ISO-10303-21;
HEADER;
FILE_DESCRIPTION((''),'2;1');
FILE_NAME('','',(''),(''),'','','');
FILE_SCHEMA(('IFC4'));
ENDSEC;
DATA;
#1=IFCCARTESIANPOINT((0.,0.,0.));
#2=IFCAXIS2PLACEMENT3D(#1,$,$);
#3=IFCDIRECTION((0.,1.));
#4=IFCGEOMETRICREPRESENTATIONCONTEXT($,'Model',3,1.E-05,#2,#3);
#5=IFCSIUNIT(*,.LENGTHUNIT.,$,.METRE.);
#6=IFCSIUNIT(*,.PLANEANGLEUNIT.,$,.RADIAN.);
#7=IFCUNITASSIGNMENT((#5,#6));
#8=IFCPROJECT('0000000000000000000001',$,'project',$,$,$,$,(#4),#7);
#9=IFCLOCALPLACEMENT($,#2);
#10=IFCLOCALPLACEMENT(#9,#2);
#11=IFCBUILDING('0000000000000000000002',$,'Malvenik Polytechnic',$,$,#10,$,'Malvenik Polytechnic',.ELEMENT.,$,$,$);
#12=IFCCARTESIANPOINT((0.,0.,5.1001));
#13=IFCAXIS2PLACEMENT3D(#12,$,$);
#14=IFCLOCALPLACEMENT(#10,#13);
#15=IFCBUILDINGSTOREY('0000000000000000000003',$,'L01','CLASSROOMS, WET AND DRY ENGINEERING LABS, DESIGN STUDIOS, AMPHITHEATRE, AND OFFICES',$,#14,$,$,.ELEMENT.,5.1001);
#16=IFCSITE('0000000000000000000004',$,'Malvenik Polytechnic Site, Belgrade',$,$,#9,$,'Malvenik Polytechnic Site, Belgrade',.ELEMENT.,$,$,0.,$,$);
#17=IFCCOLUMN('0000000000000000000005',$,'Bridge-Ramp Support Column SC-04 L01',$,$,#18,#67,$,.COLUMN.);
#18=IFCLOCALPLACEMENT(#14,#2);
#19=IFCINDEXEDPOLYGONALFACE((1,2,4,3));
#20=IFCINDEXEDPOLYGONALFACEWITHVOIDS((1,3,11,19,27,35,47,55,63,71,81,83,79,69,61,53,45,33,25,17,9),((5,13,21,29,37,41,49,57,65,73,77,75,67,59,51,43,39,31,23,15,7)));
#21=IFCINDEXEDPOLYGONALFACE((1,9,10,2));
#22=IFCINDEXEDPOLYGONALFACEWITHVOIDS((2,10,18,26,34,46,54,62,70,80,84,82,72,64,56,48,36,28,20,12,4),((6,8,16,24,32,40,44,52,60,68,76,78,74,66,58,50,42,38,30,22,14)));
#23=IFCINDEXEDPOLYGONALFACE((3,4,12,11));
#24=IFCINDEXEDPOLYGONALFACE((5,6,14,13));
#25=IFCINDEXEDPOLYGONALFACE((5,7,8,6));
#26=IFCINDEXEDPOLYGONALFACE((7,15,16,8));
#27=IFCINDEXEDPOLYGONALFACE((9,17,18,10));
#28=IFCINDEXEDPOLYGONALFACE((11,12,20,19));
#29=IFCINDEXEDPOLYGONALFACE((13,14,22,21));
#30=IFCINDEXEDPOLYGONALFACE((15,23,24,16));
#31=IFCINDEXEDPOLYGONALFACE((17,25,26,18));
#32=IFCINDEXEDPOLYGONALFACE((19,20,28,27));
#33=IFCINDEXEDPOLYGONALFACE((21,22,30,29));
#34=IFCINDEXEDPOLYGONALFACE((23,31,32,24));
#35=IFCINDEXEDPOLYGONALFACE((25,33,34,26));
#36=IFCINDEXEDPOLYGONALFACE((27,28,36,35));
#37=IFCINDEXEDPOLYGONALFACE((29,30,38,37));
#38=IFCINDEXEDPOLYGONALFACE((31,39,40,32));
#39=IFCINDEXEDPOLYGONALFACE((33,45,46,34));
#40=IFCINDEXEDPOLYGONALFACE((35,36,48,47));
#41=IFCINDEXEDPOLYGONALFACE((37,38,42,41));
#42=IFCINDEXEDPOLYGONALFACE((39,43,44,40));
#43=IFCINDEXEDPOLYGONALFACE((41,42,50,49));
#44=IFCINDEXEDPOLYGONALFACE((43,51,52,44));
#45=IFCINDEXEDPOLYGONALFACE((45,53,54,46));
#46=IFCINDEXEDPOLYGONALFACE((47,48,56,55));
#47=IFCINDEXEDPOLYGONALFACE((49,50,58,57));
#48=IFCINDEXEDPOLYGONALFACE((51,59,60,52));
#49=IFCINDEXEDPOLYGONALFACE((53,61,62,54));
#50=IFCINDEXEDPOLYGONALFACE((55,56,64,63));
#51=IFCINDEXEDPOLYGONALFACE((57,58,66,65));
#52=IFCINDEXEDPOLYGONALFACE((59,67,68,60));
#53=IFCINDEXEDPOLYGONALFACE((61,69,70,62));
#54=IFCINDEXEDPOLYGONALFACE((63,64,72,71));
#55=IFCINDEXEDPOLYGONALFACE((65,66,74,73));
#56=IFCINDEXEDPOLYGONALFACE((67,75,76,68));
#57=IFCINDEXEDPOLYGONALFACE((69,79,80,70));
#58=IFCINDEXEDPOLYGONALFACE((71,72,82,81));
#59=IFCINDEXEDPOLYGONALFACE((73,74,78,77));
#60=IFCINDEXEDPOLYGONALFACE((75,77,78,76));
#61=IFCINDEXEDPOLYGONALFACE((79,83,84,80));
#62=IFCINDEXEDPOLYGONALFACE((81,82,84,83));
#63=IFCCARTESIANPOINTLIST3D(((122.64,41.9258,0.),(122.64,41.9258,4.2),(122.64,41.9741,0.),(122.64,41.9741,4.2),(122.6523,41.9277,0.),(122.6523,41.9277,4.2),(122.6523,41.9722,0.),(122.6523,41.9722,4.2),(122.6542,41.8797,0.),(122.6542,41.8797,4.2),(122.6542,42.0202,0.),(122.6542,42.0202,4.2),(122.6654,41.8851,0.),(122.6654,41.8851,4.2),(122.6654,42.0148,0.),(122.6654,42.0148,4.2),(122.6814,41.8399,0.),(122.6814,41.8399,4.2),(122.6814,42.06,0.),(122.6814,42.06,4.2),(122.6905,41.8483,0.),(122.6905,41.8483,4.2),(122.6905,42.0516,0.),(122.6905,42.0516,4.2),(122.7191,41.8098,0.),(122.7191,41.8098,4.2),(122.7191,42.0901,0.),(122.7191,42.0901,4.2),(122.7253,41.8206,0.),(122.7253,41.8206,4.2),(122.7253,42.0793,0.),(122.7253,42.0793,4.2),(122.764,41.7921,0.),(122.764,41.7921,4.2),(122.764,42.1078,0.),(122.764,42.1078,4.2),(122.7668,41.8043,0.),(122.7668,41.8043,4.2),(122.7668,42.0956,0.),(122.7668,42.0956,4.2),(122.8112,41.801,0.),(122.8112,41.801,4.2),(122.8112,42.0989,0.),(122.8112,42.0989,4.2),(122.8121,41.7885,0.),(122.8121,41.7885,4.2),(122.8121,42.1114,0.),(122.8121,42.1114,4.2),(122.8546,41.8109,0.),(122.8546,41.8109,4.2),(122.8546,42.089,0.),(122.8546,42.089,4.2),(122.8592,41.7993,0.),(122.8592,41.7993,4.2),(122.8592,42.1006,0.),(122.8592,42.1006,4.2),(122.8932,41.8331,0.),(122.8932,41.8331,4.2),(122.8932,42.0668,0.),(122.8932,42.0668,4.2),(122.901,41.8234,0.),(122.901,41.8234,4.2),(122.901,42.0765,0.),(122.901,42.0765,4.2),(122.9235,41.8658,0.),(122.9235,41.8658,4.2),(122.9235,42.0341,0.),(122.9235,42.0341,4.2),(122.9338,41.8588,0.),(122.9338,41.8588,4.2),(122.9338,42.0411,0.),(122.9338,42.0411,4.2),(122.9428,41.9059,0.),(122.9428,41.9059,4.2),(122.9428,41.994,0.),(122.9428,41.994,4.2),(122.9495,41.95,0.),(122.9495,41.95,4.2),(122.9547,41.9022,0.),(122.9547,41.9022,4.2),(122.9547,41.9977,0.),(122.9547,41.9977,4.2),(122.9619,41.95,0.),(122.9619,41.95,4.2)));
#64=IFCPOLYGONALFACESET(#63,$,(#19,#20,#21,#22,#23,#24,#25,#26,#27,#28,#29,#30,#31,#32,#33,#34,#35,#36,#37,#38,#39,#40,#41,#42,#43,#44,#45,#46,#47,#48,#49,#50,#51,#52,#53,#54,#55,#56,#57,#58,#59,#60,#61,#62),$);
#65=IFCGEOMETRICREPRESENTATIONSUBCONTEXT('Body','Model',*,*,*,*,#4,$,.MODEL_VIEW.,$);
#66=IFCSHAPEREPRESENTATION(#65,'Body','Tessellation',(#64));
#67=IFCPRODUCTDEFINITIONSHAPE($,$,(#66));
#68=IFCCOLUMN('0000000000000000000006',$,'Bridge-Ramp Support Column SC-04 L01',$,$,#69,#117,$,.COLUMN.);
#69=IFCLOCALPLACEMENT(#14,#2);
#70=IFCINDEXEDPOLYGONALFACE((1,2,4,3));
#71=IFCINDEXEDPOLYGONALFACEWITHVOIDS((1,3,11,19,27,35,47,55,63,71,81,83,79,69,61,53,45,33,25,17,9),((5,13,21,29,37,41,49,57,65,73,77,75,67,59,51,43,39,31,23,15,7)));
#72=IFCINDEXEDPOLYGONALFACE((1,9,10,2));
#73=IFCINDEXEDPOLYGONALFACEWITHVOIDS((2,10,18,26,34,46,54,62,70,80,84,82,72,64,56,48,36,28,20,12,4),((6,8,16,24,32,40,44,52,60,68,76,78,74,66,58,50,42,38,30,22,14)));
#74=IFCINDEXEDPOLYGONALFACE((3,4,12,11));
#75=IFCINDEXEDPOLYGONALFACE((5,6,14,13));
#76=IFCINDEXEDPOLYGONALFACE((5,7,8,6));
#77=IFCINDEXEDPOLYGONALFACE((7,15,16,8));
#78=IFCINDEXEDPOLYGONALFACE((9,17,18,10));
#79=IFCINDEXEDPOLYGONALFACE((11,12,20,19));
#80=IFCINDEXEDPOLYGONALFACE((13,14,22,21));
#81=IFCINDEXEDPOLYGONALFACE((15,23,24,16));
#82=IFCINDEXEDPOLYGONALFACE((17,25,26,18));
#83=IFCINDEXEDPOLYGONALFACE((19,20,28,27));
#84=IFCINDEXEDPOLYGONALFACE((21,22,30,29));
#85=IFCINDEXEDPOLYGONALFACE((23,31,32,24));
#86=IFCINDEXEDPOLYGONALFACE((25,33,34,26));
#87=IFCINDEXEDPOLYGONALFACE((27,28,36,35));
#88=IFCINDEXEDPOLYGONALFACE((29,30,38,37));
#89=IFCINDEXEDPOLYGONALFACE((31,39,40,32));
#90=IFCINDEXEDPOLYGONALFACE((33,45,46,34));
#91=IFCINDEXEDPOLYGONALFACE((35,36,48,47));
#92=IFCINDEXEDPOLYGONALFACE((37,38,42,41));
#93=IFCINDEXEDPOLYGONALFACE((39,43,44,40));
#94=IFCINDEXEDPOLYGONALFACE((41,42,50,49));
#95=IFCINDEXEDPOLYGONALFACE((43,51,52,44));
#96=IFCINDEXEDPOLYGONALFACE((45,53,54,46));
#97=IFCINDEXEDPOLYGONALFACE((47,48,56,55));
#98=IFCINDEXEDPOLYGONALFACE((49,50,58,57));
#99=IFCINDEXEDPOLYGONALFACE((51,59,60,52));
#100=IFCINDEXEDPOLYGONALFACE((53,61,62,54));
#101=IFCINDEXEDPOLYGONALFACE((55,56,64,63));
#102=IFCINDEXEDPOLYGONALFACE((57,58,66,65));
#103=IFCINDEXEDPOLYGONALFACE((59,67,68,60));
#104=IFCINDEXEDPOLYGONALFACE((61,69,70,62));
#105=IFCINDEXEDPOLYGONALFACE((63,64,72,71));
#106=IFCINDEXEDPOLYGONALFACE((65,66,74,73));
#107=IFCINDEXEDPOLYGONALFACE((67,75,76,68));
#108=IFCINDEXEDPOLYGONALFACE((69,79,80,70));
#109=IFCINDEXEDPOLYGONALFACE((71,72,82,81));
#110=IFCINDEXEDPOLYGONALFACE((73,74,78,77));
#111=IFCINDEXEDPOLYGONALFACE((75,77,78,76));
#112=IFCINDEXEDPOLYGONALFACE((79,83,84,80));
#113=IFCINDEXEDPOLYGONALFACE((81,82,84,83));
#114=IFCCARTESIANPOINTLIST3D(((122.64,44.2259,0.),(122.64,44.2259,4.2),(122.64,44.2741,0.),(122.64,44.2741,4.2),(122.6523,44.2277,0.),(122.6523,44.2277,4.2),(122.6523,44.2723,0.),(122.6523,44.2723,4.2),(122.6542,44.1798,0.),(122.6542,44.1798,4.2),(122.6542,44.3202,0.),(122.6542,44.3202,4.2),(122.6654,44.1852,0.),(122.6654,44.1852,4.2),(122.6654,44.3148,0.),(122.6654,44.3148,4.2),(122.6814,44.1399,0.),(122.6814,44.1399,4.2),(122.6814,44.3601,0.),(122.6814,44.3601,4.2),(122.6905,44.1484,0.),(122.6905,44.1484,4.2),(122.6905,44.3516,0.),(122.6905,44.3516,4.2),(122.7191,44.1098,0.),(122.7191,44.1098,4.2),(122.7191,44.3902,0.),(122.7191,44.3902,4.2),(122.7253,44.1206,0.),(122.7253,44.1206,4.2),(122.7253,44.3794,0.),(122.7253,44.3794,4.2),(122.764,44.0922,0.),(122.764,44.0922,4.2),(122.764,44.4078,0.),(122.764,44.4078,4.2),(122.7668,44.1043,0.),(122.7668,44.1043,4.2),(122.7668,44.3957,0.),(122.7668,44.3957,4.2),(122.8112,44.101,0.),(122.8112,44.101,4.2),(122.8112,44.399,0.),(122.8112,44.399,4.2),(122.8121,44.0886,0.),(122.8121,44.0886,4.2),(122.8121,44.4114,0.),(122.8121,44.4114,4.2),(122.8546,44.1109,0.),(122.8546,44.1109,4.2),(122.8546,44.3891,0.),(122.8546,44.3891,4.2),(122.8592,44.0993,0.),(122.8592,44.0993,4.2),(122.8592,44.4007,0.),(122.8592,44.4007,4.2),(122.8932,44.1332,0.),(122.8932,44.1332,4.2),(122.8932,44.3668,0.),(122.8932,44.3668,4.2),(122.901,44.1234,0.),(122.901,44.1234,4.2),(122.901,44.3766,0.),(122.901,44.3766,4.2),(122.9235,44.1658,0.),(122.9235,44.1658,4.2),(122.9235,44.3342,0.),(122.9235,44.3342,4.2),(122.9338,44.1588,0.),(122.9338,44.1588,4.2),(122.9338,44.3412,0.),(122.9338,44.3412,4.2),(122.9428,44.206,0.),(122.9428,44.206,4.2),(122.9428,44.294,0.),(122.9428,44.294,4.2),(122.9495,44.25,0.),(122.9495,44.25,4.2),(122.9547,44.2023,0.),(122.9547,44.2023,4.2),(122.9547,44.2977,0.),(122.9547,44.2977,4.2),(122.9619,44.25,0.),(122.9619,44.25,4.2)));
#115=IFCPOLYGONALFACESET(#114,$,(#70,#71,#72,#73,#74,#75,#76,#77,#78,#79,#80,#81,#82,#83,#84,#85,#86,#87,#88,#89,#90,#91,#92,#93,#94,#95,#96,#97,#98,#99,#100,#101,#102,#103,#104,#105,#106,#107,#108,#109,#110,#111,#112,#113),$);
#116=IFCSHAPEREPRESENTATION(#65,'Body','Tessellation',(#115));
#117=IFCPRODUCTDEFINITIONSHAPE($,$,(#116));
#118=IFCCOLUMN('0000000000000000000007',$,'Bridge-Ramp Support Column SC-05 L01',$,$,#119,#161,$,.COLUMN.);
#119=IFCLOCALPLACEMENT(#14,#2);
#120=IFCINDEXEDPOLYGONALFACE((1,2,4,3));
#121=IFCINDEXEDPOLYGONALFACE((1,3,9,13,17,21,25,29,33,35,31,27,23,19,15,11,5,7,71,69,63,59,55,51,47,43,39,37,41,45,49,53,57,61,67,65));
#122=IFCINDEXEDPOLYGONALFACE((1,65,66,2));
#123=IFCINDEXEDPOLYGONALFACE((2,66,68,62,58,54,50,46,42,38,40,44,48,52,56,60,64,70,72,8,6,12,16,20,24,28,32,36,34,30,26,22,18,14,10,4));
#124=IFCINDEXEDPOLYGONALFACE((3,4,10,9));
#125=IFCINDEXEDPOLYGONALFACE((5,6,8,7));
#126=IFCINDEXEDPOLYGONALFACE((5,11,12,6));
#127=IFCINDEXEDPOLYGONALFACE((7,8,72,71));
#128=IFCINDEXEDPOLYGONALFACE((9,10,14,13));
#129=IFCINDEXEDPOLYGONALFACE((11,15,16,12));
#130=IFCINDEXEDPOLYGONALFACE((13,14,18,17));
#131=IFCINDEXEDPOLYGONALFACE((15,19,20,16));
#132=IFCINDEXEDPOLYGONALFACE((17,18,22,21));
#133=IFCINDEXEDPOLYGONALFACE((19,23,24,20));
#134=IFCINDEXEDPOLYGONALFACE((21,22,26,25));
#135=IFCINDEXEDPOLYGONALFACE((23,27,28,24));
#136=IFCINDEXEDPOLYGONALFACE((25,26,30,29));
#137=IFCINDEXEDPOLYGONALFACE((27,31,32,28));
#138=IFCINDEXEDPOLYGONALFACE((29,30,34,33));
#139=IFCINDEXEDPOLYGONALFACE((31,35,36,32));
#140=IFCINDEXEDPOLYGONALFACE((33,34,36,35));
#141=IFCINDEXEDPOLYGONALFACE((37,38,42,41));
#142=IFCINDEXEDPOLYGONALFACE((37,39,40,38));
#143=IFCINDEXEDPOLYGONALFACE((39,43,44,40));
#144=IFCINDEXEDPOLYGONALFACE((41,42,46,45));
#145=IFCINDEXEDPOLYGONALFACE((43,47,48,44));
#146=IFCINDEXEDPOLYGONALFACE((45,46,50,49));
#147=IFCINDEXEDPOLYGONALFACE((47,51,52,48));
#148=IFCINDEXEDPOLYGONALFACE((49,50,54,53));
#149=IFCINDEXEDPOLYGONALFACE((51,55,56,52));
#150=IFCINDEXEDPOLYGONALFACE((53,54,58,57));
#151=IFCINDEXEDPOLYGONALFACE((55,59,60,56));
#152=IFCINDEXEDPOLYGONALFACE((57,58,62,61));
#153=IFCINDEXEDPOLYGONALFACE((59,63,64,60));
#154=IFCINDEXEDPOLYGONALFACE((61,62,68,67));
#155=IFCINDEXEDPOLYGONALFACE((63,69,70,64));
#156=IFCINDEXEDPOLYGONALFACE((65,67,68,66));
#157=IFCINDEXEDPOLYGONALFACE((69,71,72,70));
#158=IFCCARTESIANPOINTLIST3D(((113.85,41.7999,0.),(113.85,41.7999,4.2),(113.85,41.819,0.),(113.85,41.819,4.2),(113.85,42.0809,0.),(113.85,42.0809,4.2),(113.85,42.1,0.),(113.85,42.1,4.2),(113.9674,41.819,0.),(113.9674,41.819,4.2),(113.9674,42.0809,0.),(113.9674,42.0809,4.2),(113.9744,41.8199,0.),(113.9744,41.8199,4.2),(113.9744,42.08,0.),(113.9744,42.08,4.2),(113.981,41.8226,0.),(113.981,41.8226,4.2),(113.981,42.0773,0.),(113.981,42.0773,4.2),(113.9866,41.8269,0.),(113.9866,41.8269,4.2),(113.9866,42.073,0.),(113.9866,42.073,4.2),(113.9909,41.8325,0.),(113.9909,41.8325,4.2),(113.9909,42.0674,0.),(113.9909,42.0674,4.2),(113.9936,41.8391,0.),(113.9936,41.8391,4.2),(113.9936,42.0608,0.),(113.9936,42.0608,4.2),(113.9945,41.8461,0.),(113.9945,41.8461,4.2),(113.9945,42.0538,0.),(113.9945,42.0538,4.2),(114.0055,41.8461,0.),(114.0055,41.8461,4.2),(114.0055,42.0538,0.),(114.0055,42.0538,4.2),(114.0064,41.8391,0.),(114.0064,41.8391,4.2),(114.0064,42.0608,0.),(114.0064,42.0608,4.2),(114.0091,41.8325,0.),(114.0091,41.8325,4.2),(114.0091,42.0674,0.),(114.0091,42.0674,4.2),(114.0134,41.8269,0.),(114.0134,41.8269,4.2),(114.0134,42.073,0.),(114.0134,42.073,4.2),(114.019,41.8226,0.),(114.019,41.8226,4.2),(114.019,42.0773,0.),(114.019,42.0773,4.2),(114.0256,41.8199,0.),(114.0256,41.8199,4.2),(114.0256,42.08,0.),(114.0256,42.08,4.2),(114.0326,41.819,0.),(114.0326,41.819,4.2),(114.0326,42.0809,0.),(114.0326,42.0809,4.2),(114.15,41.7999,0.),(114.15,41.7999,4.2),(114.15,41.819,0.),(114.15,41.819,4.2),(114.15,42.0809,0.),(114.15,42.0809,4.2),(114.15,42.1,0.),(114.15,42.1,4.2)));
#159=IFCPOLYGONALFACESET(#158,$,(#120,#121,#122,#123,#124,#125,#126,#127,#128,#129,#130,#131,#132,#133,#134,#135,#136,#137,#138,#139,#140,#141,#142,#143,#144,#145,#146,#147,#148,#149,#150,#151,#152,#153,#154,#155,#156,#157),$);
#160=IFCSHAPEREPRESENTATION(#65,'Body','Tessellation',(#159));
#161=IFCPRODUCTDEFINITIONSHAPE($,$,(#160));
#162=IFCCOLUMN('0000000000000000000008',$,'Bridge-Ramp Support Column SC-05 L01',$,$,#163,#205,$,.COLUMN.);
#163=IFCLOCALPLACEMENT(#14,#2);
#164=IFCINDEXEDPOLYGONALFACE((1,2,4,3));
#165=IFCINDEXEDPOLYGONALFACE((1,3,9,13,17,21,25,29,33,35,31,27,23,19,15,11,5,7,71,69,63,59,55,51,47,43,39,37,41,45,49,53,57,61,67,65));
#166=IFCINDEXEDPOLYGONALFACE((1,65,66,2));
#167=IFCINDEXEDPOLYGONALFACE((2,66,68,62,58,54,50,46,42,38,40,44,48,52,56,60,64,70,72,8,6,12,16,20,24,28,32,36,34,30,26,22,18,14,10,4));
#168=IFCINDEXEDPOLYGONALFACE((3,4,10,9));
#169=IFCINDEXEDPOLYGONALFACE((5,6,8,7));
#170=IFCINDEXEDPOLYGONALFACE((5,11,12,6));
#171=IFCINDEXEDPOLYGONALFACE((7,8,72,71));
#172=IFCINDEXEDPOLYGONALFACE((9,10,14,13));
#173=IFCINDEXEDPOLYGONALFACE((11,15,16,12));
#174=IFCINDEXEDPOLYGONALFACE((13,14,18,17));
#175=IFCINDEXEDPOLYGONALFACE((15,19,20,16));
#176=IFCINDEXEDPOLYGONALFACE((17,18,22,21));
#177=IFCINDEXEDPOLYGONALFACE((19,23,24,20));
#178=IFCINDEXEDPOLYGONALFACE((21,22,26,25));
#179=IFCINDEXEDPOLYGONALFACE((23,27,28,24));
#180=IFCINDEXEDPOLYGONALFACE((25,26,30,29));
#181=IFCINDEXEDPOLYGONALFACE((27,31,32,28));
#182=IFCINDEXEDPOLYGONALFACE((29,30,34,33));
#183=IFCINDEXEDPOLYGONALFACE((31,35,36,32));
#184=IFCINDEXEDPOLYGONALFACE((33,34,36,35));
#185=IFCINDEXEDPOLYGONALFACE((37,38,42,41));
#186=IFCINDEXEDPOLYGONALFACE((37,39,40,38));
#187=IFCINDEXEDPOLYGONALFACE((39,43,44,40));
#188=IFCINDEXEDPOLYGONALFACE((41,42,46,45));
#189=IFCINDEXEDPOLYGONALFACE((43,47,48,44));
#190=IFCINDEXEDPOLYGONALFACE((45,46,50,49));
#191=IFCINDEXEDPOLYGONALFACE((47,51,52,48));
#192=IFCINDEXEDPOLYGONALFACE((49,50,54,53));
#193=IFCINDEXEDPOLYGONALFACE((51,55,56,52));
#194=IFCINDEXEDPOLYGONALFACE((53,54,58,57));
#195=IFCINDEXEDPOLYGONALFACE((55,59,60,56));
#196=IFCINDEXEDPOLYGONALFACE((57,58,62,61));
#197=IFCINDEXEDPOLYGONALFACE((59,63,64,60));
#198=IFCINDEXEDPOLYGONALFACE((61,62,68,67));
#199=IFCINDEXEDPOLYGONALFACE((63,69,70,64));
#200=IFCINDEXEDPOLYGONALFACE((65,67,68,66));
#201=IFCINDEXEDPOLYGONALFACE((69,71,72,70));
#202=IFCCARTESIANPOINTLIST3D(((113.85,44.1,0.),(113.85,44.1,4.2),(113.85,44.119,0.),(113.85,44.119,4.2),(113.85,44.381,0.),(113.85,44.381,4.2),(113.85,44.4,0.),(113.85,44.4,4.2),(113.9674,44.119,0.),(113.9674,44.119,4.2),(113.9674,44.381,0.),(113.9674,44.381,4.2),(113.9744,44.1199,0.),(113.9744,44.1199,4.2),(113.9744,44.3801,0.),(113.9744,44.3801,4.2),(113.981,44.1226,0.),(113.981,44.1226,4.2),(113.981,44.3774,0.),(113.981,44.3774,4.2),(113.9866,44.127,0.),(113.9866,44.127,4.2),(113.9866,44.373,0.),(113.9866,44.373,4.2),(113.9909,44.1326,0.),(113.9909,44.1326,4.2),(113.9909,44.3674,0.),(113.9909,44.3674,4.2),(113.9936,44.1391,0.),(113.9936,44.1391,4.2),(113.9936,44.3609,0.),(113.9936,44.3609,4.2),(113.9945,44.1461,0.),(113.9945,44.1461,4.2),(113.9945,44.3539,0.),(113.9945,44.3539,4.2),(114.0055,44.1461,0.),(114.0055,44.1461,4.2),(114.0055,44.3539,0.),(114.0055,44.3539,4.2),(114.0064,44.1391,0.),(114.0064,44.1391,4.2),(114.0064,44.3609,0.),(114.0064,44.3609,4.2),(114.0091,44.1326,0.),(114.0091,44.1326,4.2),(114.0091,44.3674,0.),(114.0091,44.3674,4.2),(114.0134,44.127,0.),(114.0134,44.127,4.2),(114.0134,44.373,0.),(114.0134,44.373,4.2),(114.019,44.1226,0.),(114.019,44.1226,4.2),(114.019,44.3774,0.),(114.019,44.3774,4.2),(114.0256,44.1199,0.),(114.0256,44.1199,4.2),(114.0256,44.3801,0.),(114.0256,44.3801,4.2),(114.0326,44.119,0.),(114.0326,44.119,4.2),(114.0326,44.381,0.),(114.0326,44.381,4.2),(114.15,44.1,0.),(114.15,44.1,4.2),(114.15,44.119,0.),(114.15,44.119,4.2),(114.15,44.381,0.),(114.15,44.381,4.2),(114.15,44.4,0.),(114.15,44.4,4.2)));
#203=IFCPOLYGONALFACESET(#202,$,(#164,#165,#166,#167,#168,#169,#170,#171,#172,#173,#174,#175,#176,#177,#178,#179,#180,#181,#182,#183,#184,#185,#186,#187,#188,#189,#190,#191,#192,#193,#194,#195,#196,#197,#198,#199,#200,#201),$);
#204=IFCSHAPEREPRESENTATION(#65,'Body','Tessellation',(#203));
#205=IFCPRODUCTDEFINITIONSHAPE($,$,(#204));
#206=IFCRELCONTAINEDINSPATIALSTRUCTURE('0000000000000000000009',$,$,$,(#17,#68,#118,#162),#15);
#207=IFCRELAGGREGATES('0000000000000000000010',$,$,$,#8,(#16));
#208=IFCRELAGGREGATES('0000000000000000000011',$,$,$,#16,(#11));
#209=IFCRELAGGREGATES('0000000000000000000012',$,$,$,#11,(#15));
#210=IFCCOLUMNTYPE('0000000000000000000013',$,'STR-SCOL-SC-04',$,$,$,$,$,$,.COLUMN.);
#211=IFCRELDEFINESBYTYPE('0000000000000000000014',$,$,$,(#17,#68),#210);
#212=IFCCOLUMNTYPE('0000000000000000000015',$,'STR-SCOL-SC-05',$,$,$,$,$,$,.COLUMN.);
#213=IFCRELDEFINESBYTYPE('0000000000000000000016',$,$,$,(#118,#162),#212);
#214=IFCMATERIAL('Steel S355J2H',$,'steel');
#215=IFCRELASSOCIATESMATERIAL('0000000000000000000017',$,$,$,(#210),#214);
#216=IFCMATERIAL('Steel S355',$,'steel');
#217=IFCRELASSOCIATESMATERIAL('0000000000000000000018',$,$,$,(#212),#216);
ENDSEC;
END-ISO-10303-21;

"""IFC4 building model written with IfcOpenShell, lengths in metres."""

from ifc_helpers import new_model, si_unit, direction, frame, origin, origin_2d, place, context, subcontext, project, spatial, hollow_circle, i_section, extrude, material, material_profile, profile_set, type_object, element, save


model = new_model("IFC4")

# Units and contexts
model_context = context("Model", 3, precision=1e-05, world=origin(), true_north=direction((0.0, 1.0)))
body_context = subcontext(model_context, "Body", "Model", "MODEL_VIEW")
ifc_project = project(units=[si_unit("LENGTHUNIT", "METRE"), si_unit("PLANEANGLEUNIT", "RADIAN")], contexts=[model_context])

# Site, building, storey
site_placement = place(None, origin())
site = spatial("IfcSite", under=ifc_project, at=site_placement, Name="Malvenik Polytechnic Site, Belgrade", LongName="Malvenik Polytechnic Site, Belgrade", CompositionType="ELEMENT", RefElevation=0.0)
building_placement = place(site_placement, origin())
building = spatial("IfcBuilding", under=site, at=building_placement, Name="Malvenik Polytechnic", LongName="Malvenik Polytechnic", CompositionType="ELEMENT")
storey_placement = place(building_placement, frame((0.0, 0.0, 5.1001)))
storey = spatial("IfcBuildingStorey", under=building, at=storey_placement, Name="L01", Description="CLASSROOMS, WET AND DRY ENGINEERING LABS, DESIGN STUDIOS, AMPHITHEATRE, AND OFFICES", CompositionType="ELEMENT", Elevation=5.1001)

# Columns
ifc_material_1 = material(Name="Steel S355J2H", Category="steel")
ifc_material_profile_1 = material_profile(ifc_material_1, hollow_circle(Radius=0.1619, WallThickness=0.0125, at=origin_2d()), Name="CHS 323.9x12.5")
ifc_profile_set_1 = profile_set([ifc_material_profile_1], Name="Steel S355J2H")
column_type_1 = type_object("IfcColumnType", Name="STR-SCOL-SC-04", PredefinedType="COLUMN", material=ifc_profile_set_1)
for number, where, z_axis, x_axis, name in (
    (1, (122.8, 41.95, 0.0), (0.0, 0.0, 1.0), (1.0, 0.0, 0.0), "Bridge-Ramp Support Column SC-04 L01"),
    (2, (122.8, 44.25, 0.0), (0.0, 0.0, 1.0), (1.0, 0.0, 0.0), "Bridge-Ramp Support Column SC-04 L01"),
):
    element("IfcColumn", number, at=place(storey_placement, frame(where, z_axis=z_axis, x_axis=x_axis)), inside=storey, type_object=column_type_1, Name=name, PredefinedType="COLUMN", context=body_context, shape_type="SweptSolid", body=[
        extrude(hollow_circle(Radius=0.1619, WallThickness=0.0125, at=origin_2d()), origin(), (0.0, 0.0, 1.0), 4.2),
    ])
ifc_material_2 = material(Name="Steel S355", Category="steel")
ifc_material_profile_2 = material_profile(ifc_material_2, i_section(OverallWidth=0.3, OverallDepth=0.3, WebThickness=0.011, FlangeThickness=0.019, FilletRadius=0.0271, at=origin_2d()), Name="HEB 300")
ifc_profile_set_2 = profile_set([ifc_material_profile_2], Name="Steel S355")
column_type_2 = type_object("IfcColumnType", Name="STR-SCOL-SC-05", PredefinedType="COLUMN", material=ifc_profile_set_2)
for number, where, z_axis, x_axis, name in (
    (3, (114.0, 41.95, 0.0), (0.0, 0.0, 1.0), (1.0, 0.0, 0.0), "Bridge-Ramp Support Column SC-05 L01"),
    (4, (114.0, 44.25, 0.0), (0.0, 0.0, 1.0), (1.0, 0.0, 0.0), "Bridge-Ramp Support Column SC-05 L01"),
):
    element("IfcColumn", number, at=place(storey_placement, frame(where, z_axis=z_axis, x_axis=x_axis)), inside=storey, type_object=column_type_2, Name=name, PredefinedType="COLUMN", context=body_context, shape_type="SweptSolid", body=[
        extrude(i_section(OverallWidth=0.3, OverallDepth=0.3, WebThickness=0.011, FlangeThickness=0.019, FilletRadius=0.0271, at=origin_2d()), origin(), (0.0, 0.0, 1.0), 4.2),
    ])

save(model, "model.ifc")
